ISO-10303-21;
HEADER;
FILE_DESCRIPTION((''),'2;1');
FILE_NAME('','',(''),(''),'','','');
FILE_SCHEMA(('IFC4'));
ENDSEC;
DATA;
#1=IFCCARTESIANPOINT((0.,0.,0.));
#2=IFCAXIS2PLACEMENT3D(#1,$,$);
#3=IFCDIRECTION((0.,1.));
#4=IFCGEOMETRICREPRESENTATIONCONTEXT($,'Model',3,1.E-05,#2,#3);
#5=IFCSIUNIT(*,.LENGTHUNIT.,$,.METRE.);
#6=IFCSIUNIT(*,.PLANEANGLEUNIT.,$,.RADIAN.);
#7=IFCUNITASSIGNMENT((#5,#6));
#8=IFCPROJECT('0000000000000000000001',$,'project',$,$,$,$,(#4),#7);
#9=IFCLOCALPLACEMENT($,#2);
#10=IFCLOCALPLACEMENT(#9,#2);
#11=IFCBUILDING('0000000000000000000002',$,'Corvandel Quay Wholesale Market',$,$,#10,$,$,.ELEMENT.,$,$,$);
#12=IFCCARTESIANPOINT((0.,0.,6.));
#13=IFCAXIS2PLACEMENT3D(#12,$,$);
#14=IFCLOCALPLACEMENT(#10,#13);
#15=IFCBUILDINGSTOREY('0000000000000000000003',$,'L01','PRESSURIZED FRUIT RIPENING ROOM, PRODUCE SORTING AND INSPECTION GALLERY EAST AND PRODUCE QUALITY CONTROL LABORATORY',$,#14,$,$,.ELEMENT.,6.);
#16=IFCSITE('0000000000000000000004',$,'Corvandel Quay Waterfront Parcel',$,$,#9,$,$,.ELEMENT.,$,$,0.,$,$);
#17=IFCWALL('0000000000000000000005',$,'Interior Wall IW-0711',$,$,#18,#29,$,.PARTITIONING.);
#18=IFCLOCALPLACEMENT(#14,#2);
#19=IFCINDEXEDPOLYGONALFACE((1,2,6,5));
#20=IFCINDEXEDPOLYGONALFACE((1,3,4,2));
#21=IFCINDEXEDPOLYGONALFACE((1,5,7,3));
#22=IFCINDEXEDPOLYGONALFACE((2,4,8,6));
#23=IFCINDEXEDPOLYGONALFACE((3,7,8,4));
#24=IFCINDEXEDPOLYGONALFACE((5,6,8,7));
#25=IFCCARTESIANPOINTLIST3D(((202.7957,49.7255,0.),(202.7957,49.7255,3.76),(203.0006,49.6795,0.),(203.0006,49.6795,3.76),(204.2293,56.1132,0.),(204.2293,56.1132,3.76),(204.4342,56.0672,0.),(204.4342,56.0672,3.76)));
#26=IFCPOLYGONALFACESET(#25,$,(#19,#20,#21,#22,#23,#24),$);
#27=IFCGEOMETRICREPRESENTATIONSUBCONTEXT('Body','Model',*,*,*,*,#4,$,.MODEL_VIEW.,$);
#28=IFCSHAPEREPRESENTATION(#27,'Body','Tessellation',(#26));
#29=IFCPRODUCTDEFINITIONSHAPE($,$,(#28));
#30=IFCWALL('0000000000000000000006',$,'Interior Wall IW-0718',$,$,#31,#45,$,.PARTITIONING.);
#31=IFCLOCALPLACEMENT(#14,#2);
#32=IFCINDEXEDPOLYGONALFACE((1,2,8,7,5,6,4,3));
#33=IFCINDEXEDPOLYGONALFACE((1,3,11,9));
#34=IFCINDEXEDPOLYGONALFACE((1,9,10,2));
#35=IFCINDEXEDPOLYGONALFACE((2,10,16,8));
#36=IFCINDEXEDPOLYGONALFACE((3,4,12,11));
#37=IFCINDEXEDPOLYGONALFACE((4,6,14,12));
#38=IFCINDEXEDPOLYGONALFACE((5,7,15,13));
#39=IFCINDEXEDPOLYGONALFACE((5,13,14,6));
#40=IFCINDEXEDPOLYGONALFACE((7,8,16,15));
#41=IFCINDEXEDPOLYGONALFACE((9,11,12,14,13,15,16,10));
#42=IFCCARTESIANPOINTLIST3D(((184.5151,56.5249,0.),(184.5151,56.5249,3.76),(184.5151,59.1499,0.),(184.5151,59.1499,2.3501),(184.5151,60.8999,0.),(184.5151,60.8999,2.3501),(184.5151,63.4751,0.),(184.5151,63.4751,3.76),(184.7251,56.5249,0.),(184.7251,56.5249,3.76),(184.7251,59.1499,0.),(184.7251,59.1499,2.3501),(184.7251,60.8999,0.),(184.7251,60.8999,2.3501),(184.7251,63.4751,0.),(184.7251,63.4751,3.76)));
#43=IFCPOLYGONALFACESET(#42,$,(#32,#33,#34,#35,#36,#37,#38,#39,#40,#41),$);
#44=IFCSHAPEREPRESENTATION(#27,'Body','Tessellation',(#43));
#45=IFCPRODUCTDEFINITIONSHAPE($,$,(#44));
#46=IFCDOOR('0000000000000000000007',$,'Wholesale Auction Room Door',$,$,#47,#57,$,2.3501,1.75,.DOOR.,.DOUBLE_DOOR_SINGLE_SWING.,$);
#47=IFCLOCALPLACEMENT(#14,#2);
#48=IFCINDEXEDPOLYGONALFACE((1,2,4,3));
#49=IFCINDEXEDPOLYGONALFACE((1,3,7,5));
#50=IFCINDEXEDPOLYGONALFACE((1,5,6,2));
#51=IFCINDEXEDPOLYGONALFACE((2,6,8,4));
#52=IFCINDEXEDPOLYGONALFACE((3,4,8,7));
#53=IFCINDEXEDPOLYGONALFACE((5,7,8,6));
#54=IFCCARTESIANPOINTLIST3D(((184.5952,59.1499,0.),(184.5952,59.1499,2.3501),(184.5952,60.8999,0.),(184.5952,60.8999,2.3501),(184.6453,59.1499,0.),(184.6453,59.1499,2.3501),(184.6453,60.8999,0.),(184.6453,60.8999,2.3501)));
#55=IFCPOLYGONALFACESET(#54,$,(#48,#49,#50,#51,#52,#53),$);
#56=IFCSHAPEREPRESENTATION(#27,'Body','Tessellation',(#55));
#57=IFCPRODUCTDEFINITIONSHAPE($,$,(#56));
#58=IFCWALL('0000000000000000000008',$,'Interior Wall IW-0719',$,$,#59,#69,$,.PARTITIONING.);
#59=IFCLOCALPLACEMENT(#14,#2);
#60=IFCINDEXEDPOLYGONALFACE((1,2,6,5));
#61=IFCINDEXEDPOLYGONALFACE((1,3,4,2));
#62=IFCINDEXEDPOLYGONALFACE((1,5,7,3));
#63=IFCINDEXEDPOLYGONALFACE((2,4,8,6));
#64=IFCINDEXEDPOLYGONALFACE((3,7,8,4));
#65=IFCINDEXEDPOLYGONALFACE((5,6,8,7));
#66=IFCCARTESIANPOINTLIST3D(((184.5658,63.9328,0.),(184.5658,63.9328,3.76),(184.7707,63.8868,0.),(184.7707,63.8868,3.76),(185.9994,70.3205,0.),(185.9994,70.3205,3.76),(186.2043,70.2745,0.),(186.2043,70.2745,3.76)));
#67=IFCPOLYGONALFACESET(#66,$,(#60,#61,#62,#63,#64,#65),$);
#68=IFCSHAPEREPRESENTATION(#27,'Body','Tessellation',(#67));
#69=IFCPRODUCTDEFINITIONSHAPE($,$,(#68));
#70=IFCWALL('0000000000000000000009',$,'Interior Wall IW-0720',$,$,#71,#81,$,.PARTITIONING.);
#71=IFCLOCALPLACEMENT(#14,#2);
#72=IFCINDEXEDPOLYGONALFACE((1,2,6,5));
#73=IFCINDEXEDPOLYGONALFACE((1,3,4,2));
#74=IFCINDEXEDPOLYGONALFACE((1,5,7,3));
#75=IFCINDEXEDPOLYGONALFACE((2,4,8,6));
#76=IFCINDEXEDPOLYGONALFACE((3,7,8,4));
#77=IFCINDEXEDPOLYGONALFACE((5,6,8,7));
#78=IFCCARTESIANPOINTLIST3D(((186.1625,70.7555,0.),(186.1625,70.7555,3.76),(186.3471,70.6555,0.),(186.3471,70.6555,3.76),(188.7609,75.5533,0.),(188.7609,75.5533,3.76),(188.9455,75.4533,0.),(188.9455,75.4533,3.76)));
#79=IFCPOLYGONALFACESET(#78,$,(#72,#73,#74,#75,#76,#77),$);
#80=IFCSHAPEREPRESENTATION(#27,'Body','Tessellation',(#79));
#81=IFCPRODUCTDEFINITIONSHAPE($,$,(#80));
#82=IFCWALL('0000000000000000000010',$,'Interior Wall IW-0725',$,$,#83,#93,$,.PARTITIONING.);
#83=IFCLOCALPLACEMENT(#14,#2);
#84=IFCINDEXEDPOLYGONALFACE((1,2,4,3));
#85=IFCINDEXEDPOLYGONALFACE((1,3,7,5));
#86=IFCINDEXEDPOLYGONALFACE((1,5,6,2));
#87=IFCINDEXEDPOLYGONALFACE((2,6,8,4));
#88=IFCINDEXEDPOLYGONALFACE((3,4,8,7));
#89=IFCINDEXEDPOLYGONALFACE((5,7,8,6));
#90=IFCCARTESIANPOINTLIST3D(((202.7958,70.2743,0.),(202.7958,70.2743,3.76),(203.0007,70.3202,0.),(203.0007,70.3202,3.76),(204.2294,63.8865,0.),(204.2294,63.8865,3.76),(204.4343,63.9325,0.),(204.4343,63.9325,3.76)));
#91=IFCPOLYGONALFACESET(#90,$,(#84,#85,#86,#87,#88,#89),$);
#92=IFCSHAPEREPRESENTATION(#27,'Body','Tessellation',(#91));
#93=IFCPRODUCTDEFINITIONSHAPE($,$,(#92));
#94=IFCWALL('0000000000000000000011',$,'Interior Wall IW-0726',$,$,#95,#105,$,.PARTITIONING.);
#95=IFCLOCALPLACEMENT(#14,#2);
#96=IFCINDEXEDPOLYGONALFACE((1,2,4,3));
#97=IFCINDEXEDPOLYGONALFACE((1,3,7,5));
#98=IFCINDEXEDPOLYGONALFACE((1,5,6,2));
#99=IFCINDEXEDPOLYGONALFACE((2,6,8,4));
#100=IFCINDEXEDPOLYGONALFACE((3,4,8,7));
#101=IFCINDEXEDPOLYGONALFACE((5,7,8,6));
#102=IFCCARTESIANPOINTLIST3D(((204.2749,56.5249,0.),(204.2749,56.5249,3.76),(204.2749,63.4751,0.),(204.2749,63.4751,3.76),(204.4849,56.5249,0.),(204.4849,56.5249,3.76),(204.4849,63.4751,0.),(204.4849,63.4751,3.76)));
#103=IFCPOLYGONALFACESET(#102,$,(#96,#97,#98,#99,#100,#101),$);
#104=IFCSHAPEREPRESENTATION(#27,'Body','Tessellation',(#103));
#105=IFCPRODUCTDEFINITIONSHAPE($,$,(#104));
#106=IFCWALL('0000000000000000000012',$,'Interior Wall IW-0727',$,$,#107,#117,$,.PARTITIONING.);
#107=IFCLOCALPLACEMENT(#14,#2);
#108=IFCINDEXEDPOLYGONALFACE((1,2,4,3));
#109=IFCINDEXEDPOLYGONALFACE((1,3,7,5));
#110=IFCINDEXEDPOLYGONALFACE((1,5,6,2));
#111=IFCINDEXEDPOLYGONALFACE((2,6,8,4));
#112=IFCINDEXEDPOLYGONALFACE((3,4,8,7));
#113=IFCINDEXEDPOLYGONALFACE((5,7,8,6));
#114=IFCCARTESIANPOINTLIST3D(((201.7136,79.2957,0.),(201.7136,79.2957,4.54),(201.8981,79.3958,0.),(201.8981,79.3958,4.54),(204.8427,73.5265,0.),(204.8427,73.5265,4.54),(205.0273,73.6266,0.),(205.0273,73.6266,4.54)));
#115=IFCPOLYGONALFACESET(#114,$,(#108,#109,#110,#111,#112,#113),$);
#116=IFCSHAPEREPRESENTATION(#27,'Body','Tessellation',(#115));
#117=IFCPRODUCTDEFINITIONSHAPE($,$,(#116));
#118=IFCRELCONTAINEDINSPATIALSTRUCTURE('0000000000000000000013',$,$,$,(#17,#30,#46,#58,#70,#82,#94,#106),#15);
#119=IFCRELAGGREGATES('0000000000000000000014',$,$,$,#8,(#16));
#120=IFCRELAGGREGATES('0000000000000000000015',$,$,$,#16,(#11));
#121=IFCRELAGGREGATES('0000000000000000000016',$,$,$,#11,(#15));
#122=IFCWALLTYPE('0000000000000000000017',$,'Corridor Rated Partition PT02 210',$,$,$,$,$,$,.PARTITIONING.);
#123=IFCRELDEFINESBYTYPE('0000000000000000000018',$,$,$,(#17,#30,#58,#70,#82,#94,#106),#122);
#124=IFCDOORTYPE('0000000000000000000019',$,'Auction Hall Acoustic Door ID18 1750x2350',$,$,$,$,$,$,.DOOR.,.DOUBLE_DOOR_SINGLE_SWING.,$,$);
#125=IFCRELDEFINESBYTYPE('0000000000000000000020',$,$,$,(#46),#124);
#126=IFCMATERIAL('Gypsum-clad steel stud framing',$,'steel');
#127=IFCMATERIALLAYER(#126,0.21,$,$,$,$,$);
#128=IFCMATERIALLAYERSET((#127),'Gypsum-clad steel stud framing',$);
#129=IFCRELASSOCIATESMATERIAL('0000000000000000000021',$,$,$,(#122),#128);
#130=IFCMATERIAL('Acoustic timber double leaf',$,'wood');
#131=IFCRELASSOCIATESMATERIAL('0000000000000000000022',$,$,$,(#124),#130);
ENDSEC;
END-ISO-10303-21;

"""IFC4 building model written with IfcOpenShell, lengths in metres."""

from ifc_helpers import new_model, si_unit, direction, frame, frame_2d, origin, place, context, subcontext, project, spatial, rectangle, extrude, material, layer, layer_set, type_object, element, fill, save


model = new_model("IFC4")

# Units and contexts
model_context = context("Model", 3, precision=1e-05, world=origin(), true_north=direction((0.0, 1.0)))
body_context = subcontext(model_context, "Body", "Model", "MODEL_VIEW")
ifc_project = project(units=[si_unit("LENGTHUNIT", "METRE"), si_unit("PLANEANGLEUNIT", "RADIAN")], contexts=[model_context])

# Site, building, storey
site_placement = place(None, origin())
site = spatial("IfcSite", under=ifc_project, at=site_placement, Name="Corvandel Quay Waterfront Parcel", CompositionType="ELEMENT", RefElevation=0.0)
building_placement = place(site_placement, origin())
building = spatial("IfcBuilding", under=site, at=building_placement, Name="Corvandel Quay Wholesale Market", CompositionType="ELEMENT")
storey_placement = place(building_placement, frame((0.0, 0.0, 6.0)))
storey = spatial("IfcBuildingStorey", under=building, at=storey_placement, Name="L01", Description="PRESSURIZED FRUIT RIPENING ROOM, PRODUCE SORTING AND INSPECTION GALLERY EAST AND PRODUCE QUALITY CONTROL LABORATORY", CompositionType="ELEMENT", Elevation=6.0)

# Wall
ifc_material_1 = material(Name="Gypsum-clad steel stud framing", Category="steel")
ifc_layer = layer(ifc_material_1, 0.21)
ifc_layer_set = layer_set([ifc_layer], Name="Gypsum-clad steel stud framing")
wall_type = type_object("IfcWallType", Name="Corridor Rated Partition PT02 210", PredefinedType="PARTITIONING", material=ifc_layer_set)
wall_1_placement = place(storey_placement, frame((204.3318, 56.0903, 0.0), z_axis=(0.0, 0.0, 1.0), x_axis=(-0.218983, -0.975729, 0.0)))
element("IfcWall", 1, at=wall_1_placement, inside=storey, type_object=wall_type, Name="Interior Wall IW-0711", PredefinedType="PARTITIONING", context=body_context, shape_type="SweptSolid", body=[
    extrude(rectangle(XDim=6.5466, YDim=0.21, at=frame_2d((3.2734, 0.0))), origin(), (0.0, 0.0, 1.0), 3.76),
])

# Wall, opening, door
wall_2_placement = place(storey_placement, frame((184.6201, 56.5249, 0.0), z_axis=(0.0, 0.0, 1.0), x_axis=(0.0, 1.0, 0.0)))
wall_2 = element("IfcWall", 2, at=wall_2_placement, inside=storey, type_object=wall_type, Name="Interior Wall IW-0718", PredefinedType="PARTITIONING", context=body_context, shape_type="SweptSolid", body=[
    extrude(rectangle(XDim=6.9502, YDim=0.21, at=frame_2d((3.4751, 0.0))), origin(), (0.0, 0.0, 1.0), 3.76),
])
opening_placement = place(wall_2_placement, frame((2.625, 0.0, 0.0)))
opening = element("IfcOpeningElement", 3, at=opening_placement, cuts=wall_2, PredefinedType="OPENING", context=body_context, shape_type="SweptSolid", body=[
    extrude(rectangle(XDim=1.75, YDim=2.3501, at=frame_2d((0.875, 1.175))), frame((0.0, 0.115, 0.0), z_axis=(0.0, -1.0, 0.0), x_axis=(1.0, 0.0, 0.0)), (0.0, 0.0, 1.0), 0.23),
])
ifc_material_2 = material(Name="Acoustic timber double leaf", Category="wood")
door_type = type_object("IfcDoorType", Name="Auction Hall Acoustic Door ID18 1750x2350", OperationType="DOUBLE_DOOR_SINGLE_SWING", PredefinedType="DOOR", material=ifc_material_2)
door_placement = place(opening_placement, origin())
door = element("IfcDoor", 4, at=door_placement, inside=storey, type_object=door_type, Name="Wholesale Auction Room Door", OperationType="DOUBLE_DOOR_SINGLE_SWING", OverallHeight=2.3501, OverallWidth=1.75, PredefinedType="DOOR", context=body_context, shape_type="SweptSolid", body=[
    extrude(rectangle(XDim=1.75, YDim=2.3501, at=frame_2d((0.875, 1.175))), frame((0.0, 0.0249, 0.0), z_axis=(0.0, -1.0, 0.0), x_axis=(1.0, 0.0, 0.0)), (0.0, 0.0, 1.0), 0.05),
])
fill(opening, door)

# Walls
wall_3_placement = place(storey_placement, frame((184.6682, 63.9097, 0.0), z_axis=(0.0, 0.0, 1.0), x_axis=(0.218983, 0.975729, 0.0)))
element("IfcWall", 5, at=wall_3_placement, inside=storey, type_object=wall_type, Name="Interior Wall IW-0719", PredefinedType="PARTITIONING", context=body_context, shape_type="SweptSolid", body=[
    extrude(rectangle(XDim=6.5466, YDim=0.21, at=frame_2d((3.2734, 0.0))), origin(), (0.0, 0.0, 1.0), 3.76),
])
wall_4_placement = place(storey_placement, frame((186.2549, 70.7056, 0.0), z_axis=(0.0, 0.0, 1.0), x_axis=(0.47622, 0.879326, 0.0)))
element("IfcWall", 6, at=wall_4_placement, inside=storey, type_object=wall_type, Name="Interior Wall IW-0720", PredefinedType="PARTITIONING", context=body_context, shape_type="SweptSolid", body=[
    extrude(rectangle(XDim=5.4563, YDim=0.21, at=frame_2d((2.728, 0.0))), origin(), (0.0, 0.0, 1.0), 3.76),
])
wall_5_placement = place(storey_placement, frame((202.8982, 70.2974, 0.0), z_axis=(0.0, 0.0, 1.0), x_axis=(0.218983, -0.975729, 0.0)))
element("IfcWall", 7, at=wall_5_placement, inside=storey, type_object=wall_type, Name="Interior Wall IW-0725", PredefinedType="PARTITIONING", context=body_context, shape_type="SweptSolid", body=[
    extrude(rectangle(XDim=6.5466, YDim=0.21, at=frame_2d((3.2734, 0.0))), origin(), (0.0, 0.0, 1.0), 3.76),
])
wall_6_placement = place(storey_placement, frame((204.3799, 63.4751, 0.0), z_axis=(0.0, 0.0, 1.0), x_axis=(0.0, -1.0, 0.0)))
element("IfcWall", 8, at=wall_6_placement, inside=storey, type_object=wall_type, Name="Interior Wall IW-0726", PredefinedType="PARTITIONING", context=body_context, shape_type="SweptSolid", body=[
    extrude(rectangle(XDim=6.9502, YDim=0.21, at=frame_2d((3.4751, 0.0))), origin(), (0.0, 0.0, 1.0), 3.76),
])
wall_7_placement = place(storey_placement, frame((204.9351, 73.5764, 0.0), z_axis=(0.0, 0.0, 1.0), x_axis=(-0.476768, 0.879029, 0.0)))
element("IfcWall", 9, at=wall_7_placement, inside=storey, type_object=wall_type, Name="Interior Wall IW-0727", PredefinedType="PARTITIONING", context=body_context, shape_type="SweptSolid", body=[
    extrude(rectangle(XDim=6.5632, YDim=0.21, at=frame_2d((3.2817, 0.0))), origin(), (0.0, 0.0, 1.0), 4.54),
])

save(model, "model.ifc")
